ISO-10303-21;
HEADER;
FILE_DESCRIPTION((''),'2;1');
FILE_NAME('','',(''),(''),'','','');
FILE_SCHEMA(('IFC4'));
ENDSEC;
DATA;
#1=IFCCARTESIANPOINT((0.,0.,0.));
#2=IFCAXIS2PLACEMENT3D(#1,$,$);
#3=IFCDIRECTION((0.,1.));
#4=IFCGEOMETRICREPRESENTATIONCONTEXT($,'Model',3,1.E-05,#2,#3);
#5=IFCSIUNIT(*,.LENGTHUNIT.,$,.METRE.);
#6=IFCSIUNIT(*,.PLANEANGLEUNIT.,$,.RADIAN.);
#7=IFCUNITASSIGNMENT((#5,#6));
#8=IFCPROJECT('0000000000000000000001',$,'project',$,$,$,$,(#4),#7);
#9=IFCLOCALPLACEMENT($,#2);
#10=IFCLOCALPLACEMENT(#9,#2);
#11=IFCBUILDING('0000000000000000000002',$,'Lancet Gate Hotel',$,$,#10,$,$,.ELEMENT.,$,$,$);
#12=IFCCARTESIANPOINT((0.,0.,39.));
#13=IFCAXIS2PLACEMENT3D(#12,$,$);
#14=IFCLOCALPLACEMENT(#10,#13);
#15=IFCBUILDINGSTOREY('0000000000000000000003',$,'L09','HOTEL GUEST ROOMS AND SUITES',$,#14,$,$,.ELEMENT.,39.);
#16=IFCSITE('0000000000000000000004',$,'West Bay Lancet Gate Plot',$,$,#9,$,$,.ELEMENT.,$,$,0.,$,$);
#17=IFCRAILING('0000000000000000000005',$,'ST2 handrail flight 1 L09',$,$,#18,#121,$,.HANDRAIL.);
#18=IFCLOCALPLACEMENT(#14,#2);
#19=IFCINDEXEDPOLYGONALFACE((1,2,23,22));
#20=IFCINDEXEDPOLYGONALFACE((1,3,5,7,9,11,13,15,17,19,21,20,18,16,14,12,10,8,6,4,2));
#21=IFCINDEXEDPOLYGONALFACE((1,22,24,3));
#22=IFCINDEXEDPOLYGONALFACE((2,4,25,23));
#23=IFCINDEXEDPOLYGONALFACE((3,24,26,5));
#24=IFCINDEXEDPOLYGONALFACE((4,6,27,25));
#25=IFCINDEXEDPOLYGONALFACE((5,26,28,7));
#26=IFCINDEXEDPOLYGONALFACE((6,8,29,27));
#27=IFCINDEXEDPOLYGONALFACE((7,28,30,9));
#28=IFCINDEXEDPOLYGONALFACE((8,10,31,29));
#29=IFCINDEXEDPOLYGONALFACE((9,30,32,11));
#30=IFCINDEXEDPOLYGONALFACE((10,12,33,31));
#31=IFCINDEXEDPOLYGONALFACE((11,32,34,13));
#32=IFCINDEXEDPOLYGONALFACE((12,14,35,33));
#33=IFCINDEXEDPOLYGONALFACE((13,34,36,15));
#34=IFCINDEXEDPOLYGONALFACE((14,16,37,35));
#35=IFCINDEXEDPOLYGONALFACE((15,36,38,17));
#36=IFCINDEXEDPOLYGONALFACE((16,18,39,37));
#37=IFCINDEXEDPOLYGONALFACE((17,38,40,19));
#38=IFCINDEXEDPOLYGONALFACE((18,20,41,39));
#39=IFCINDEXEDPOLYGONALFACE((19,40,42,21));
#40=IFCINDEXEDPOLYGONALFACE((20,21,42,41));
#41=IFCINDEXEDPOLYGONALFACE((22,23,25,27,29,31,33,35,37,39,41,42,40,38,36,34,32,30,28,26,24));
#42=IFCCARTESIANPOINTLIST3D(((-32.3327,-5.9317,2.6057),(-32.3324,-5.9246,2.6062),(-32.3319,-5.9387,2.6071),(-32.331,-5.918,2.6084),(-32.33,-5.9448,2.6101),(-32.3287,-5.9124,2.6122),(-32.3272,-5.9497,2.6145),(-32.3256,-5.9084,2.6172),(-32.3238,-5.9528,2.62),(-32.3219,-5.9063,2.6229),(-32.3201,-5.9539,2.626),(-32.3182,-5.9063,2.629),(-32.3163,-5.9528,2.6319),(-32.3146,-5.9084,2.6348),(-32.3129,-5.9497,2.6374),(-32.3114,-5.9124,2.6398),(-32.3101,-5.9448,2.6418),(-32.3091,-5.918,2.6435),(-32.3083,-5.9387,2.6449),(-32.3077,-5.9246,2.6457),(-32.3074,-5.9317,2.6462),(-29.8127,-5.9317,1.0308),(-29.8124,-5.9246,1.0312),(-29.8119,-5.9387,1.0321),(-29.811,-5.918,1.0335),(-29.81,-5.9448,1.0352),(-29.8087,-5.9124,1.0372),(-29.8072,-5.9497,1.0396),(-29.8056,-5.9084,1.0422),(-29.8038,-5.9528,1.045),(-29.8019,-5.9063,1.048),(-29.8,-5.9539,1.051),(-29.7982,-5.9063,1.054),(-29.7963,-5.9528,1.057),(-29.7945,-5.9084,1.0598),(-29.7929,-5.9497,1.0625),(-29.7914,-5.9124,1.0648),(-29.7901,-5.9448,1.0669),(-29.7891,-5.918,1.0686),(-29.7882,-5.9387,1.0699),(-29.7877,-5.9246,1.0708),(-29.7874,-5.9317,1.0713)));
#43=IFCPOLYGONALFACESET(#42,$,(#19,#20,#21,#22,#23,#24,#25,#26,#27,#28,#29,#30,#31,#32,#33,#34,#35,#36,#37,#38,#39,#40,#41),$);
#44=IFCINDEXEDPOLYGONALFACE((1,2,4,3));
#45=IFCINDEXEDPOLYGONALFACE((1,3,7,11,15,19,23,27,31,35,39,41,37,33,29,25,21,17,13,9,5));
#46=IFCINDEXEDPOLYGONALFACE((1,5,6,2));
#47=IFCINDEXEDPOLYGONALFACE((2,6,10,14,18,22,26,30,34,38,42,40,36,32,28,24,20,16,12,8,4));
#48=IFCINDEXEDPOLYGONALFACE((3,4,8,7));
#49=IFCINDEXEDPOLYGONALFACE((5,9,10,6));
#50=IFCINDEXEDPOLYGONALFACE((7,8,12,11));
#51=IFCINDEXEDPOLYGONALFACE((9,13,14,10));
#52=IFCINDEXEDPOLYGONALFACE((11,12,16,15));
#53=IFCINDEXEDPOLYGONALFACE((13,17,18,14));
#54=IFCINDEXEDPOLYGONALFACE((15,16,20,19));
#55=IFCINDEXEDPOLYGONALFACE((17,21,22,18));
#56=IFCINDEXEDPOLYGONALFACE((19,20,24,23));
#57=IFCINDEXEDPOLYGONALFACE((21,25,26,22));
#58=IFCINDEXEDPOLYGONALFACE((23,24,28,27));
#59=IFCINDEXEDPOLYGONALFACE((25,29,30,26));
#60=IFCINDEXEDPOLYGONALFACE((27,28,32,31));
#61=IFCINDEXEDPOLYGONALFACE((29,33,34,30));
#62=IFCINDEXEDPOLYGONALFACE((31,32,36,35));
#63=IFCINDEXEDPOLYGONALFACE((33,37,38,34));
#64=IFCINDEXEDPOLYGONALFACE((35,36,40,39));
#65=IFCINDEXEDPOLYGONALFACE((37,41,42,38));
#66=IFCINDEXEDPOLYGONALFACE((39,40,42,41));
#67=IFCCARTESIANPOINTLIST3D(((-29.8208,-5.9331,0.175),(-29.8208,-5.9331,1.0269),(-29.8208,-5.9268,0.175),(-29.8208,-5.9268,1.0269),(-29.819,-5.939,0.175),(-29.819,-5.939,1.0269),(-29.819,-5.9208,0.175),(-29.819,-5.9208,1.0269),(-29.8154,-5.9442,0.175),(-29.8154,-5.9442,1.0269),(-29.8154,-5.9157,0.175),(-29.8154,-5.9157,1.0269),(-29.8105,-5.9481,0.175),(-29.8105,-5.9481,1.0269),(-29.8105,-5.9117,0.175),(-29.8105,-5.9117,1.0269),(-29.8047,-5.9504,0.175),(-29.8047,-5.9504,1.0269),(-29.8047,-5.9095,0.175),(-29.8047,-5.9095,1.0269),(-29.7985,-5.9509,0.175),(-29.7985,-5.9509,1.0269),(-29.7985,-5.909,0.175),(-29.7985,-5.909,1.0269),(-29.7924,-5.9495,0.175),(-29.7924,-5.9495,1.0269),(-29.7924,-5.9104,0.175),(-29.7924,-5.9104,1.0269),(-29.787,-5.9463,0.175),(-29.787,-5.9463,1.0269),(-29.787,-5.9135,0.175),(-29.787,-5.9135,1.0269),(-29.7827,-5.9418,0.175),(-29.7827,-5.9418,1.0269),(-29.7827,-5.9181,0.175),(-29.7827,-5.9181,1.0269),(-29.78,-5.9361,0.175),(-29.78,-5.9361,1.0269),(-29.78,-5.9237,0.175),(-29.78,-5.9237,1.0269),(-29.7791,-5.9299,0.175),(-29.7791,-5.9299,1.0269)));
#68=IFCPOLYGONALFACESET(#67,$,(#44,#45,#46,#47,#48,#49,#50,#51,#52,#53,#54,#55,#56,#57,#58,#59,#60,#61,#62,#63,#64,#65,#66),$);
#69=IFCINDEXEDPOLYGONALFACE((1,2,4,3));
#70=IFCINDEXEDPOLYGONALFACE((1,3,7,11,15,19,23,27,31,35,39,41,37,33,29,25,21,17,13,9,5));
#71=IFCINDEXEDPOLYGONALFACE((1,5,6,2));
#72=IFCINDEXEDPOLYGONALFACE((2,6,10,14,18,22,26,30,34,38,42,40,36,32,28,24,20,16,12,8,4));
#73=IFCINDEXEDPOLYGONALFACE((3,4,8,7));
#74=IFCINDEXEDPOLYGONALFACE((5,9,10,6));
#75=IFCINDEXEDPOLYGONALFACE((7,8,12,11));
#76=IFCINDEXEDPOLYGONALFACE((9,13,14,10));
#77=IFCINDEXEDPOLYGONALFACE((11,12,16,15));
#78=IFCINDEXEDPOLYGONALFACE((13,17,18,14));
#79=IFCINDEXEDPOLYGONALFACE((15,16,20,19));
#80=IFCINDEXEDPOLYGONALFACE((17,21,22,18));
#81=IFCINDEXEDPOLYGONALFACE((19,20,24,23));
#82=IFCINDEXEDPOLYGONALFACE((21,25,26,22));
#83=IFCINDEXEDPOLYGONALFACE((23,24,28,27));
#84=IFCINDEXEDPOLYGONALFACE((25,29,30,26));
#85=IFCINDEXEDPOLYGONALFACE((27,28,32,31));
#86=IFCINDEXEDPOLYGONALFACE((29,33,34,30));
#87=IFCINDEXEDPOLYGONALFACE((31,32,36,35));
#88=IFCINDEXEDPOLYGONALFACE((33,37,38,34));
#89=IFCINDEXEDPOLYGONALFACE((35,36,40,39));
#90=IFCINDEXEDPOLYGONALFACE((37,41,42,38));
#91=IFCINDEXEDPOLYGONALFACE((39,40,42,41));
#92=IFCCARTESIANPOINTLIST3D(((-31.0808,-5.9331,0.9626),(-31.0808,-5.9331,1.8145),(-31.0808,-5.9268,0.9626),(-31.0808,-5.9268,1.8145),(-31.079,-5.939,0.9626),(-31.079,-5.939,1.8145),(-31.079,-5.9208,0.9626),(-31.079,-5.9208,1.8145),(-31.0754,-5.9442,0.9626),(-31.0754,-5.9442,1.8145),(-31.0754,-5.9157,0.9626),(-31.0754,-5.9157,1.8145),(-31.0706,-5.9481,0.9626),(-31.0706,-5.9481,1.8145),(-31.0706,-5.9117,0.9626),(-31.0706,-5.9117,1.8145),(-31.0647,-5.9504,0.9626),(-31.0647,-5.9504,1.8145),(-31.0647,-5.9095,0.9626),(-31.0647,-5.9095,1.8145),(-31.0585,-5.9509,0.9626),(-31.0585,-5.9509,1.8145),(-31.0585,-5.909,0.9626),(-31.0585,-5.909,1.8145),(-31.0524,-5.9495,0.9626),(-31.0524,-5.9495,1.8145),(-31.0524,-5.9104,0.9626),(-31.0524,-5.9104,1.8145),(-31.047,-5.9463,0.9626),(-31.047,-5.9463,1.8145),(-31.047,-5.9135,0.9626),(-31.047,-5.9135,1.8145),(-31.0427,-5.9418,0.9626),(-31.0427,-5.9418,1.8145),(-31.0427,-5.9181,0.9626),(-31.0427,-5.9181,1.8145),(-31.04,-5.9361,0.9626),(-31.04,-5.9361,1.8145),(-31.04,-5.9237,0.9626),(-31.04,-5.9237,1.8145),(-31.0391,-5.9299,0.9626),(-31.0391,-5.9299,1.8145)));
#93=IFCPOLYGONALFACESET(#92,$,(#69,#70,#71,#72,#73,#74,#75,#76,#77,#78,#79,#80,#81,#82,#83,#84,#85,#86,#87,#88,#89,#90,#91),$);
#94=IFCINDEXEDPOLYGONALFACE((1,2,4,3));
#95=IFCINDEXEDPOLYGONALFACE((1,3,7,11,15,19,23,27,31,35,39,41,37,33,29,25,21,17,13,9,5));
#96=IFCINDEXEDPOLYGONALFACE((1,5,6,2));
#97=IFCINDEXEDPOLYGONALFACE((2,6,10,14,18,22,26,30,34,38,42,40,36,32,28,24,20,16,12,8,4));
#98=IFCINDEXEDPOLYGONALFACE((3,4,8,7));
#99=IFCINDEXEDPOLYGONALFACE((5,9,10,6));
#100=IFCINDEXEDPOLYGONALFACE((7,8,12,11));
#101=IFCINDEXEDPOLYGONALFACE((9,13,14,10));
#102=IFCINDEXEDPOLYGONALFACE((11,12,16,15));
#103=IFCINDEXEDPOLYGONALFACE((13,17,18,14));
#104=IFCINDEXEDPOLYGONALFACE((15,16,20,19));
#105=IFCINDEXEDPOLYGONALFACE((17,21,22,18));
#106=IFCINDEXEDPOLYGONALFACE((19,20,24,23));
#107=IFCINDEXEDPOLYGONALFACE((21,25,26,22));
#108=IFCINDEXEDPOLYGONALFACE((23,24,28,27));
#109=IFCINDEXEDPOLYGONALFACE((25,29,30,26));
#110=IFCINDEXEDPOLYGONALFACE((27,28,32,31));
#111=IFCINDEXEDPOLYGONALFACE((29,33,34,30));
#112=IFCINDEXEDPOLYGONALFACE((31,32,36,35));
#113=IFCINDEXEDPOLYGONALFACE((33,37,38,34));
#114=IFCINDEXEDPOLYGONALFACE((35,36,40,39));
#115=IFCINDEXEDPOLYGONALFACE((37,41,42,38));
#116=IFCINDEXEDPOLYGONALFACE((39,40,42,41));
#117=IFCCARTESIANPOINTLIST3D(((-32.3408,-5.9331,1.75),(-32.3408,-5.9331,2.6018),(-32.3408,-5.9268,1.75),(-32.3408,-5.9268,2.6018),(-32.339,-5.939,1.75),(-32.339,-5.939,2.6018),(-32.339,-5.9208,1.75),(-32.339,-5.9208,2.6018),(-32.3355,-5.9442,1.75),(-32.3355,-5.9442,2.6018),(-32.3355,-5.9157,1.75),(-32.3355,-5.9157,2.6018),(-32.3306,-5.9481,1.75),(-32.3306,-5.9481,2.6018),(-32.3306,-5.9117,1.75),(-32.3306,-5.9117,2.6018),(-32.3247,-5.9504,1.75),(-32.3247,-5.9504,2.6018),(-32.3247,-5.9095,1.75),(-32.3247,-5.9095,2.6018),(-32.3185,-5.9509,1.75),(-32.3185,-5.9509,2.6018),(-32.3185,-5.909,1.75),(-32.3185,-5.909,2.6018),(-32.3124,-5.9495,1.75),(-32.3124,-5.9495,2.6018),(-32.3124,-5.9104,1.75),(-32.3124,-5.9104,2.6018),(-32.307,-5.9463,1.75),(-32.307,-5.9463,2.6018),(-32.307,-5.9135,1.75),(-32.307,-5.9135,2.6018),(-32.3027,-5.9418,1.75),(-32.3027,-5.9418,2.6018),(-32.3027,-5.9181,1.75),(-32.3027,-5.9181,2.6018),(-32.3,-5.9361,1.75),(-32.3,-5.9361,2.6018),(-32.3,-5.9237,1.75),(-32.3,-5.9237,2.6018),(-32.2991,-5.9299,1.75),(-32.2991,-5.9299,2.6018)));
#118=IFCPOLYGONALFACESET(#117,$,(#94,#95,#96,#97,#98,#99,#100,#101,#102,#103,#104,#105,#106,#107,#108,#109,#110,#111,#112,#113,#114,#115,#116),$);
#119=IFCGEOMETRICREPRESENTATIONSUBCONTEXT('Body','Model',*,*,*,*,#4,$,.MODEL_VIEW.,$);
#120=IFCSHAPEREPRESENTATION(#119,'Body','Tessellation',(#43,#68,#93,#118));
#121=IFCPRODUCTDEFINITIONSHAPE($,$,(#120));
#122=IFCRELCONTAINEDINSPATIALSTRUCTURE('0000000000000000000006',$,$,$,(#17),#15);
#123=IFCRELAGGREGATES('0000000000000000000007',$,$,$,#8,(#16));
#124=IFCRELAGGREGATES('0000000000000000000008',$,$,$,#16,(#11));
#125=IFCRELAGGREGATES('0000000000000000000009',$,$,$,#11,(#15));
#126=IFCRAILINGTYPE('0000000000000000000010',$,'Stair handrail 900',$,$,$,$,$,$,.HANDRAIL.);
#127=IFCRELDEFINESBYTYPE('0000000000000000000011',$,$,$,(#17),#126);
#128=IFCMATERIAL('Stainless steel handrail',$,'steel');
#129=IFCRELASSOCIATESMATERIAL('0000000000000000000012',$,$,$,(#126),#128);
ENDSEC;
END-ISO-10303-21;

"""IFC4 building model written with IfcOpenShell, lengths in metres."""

from ifc_helpers import new_model, si_unit, direction, frame, origin, origin_2d, place, context, subcontext, project, spatial, circle, extrude, material, type_object, element, save


model = new_model("IFC4")

# Units and contexts
model_context = context("Model", 3, precision=1e-05, world=origin(), true_north=direction((0.0, 1.0)))
body_context = subcontext(model_context, "Body", "Model", "MODEL_VIEW")
ifc_project = project(units=[si_unit("LENGTHUNIT", "METRE"), si_unit("PLANEANGLEUNIT", "RADIAN")], contexts=[model_context])

# Site, building, storey
site_placement = place(None, origin())
site = spatial("IfcSite", under=ifc_project, at=site_placement, Name="West Bay Lancet Gate Plot", CompositionType="ELEMENT", RefElevation=0.0)
building_placement = place(site_placement, origin())
building = spatial("IfcBuilding", under=site, at=building_placement, Name="Lancet Gate Hotel", CompositionType="ELEMENT")
storey_placement = place(building_placement, frame((0.0, 0.0, 39.0)))
storey = spatial("IfcBuildingStorey", under=building, at=storey_placement, Name="L09", Description="HOTEL GUEST ROOMS AND SUITES", CompositionType="ELEMENT", Elevation=39.0)

# Railing
ifc_material_1 = material(Name="Stainless steel handrail", Category="steel")
railing_type = type_object("IfcRailingType", Name="Stair handrail 900", PredefinedType="HANDRAIL", material=ifc_material_1)
railing_1_placement = place(storey_placement, frame((-29.8, -5.9299, 0.175)))
element("IfcRailing", 1, at=railing_1_placement, inside=storey, type_object=railing_type, Name="ST2 handrail flight 1 L09", PredefinedType="HANDRAIL", context=body_context, shape_type="SweptSolid", body=[
    extrude(circle(Radius=0.0239, at=origin_2d()), frame((0.0, 0.0, 0.876), z_axis=(-0.848008, 0.0, 0.529984), x_axis=(0.0, -1.0, 0.0)), (0.0, 0.0, 1.0), 2.9717),
    extrude(circle(Radius=0.021, at=origin_2d()), origin(), (0.0, 0.0, 1.0), 0.8518),
    extrude(circle(Radius=0.021, at=origin_2d()), frame((-1.26, 0.0, 0.7876)), (0.0, 0.0, 1.0), 0.8518),
    extrude(circle(Radius=0.021, at=origin_2d()), frame((-2.52, 0.0, 1.575)), (0.0, 0.0, 1.0), 0.8518),
])

save(model, "model.ifc")
